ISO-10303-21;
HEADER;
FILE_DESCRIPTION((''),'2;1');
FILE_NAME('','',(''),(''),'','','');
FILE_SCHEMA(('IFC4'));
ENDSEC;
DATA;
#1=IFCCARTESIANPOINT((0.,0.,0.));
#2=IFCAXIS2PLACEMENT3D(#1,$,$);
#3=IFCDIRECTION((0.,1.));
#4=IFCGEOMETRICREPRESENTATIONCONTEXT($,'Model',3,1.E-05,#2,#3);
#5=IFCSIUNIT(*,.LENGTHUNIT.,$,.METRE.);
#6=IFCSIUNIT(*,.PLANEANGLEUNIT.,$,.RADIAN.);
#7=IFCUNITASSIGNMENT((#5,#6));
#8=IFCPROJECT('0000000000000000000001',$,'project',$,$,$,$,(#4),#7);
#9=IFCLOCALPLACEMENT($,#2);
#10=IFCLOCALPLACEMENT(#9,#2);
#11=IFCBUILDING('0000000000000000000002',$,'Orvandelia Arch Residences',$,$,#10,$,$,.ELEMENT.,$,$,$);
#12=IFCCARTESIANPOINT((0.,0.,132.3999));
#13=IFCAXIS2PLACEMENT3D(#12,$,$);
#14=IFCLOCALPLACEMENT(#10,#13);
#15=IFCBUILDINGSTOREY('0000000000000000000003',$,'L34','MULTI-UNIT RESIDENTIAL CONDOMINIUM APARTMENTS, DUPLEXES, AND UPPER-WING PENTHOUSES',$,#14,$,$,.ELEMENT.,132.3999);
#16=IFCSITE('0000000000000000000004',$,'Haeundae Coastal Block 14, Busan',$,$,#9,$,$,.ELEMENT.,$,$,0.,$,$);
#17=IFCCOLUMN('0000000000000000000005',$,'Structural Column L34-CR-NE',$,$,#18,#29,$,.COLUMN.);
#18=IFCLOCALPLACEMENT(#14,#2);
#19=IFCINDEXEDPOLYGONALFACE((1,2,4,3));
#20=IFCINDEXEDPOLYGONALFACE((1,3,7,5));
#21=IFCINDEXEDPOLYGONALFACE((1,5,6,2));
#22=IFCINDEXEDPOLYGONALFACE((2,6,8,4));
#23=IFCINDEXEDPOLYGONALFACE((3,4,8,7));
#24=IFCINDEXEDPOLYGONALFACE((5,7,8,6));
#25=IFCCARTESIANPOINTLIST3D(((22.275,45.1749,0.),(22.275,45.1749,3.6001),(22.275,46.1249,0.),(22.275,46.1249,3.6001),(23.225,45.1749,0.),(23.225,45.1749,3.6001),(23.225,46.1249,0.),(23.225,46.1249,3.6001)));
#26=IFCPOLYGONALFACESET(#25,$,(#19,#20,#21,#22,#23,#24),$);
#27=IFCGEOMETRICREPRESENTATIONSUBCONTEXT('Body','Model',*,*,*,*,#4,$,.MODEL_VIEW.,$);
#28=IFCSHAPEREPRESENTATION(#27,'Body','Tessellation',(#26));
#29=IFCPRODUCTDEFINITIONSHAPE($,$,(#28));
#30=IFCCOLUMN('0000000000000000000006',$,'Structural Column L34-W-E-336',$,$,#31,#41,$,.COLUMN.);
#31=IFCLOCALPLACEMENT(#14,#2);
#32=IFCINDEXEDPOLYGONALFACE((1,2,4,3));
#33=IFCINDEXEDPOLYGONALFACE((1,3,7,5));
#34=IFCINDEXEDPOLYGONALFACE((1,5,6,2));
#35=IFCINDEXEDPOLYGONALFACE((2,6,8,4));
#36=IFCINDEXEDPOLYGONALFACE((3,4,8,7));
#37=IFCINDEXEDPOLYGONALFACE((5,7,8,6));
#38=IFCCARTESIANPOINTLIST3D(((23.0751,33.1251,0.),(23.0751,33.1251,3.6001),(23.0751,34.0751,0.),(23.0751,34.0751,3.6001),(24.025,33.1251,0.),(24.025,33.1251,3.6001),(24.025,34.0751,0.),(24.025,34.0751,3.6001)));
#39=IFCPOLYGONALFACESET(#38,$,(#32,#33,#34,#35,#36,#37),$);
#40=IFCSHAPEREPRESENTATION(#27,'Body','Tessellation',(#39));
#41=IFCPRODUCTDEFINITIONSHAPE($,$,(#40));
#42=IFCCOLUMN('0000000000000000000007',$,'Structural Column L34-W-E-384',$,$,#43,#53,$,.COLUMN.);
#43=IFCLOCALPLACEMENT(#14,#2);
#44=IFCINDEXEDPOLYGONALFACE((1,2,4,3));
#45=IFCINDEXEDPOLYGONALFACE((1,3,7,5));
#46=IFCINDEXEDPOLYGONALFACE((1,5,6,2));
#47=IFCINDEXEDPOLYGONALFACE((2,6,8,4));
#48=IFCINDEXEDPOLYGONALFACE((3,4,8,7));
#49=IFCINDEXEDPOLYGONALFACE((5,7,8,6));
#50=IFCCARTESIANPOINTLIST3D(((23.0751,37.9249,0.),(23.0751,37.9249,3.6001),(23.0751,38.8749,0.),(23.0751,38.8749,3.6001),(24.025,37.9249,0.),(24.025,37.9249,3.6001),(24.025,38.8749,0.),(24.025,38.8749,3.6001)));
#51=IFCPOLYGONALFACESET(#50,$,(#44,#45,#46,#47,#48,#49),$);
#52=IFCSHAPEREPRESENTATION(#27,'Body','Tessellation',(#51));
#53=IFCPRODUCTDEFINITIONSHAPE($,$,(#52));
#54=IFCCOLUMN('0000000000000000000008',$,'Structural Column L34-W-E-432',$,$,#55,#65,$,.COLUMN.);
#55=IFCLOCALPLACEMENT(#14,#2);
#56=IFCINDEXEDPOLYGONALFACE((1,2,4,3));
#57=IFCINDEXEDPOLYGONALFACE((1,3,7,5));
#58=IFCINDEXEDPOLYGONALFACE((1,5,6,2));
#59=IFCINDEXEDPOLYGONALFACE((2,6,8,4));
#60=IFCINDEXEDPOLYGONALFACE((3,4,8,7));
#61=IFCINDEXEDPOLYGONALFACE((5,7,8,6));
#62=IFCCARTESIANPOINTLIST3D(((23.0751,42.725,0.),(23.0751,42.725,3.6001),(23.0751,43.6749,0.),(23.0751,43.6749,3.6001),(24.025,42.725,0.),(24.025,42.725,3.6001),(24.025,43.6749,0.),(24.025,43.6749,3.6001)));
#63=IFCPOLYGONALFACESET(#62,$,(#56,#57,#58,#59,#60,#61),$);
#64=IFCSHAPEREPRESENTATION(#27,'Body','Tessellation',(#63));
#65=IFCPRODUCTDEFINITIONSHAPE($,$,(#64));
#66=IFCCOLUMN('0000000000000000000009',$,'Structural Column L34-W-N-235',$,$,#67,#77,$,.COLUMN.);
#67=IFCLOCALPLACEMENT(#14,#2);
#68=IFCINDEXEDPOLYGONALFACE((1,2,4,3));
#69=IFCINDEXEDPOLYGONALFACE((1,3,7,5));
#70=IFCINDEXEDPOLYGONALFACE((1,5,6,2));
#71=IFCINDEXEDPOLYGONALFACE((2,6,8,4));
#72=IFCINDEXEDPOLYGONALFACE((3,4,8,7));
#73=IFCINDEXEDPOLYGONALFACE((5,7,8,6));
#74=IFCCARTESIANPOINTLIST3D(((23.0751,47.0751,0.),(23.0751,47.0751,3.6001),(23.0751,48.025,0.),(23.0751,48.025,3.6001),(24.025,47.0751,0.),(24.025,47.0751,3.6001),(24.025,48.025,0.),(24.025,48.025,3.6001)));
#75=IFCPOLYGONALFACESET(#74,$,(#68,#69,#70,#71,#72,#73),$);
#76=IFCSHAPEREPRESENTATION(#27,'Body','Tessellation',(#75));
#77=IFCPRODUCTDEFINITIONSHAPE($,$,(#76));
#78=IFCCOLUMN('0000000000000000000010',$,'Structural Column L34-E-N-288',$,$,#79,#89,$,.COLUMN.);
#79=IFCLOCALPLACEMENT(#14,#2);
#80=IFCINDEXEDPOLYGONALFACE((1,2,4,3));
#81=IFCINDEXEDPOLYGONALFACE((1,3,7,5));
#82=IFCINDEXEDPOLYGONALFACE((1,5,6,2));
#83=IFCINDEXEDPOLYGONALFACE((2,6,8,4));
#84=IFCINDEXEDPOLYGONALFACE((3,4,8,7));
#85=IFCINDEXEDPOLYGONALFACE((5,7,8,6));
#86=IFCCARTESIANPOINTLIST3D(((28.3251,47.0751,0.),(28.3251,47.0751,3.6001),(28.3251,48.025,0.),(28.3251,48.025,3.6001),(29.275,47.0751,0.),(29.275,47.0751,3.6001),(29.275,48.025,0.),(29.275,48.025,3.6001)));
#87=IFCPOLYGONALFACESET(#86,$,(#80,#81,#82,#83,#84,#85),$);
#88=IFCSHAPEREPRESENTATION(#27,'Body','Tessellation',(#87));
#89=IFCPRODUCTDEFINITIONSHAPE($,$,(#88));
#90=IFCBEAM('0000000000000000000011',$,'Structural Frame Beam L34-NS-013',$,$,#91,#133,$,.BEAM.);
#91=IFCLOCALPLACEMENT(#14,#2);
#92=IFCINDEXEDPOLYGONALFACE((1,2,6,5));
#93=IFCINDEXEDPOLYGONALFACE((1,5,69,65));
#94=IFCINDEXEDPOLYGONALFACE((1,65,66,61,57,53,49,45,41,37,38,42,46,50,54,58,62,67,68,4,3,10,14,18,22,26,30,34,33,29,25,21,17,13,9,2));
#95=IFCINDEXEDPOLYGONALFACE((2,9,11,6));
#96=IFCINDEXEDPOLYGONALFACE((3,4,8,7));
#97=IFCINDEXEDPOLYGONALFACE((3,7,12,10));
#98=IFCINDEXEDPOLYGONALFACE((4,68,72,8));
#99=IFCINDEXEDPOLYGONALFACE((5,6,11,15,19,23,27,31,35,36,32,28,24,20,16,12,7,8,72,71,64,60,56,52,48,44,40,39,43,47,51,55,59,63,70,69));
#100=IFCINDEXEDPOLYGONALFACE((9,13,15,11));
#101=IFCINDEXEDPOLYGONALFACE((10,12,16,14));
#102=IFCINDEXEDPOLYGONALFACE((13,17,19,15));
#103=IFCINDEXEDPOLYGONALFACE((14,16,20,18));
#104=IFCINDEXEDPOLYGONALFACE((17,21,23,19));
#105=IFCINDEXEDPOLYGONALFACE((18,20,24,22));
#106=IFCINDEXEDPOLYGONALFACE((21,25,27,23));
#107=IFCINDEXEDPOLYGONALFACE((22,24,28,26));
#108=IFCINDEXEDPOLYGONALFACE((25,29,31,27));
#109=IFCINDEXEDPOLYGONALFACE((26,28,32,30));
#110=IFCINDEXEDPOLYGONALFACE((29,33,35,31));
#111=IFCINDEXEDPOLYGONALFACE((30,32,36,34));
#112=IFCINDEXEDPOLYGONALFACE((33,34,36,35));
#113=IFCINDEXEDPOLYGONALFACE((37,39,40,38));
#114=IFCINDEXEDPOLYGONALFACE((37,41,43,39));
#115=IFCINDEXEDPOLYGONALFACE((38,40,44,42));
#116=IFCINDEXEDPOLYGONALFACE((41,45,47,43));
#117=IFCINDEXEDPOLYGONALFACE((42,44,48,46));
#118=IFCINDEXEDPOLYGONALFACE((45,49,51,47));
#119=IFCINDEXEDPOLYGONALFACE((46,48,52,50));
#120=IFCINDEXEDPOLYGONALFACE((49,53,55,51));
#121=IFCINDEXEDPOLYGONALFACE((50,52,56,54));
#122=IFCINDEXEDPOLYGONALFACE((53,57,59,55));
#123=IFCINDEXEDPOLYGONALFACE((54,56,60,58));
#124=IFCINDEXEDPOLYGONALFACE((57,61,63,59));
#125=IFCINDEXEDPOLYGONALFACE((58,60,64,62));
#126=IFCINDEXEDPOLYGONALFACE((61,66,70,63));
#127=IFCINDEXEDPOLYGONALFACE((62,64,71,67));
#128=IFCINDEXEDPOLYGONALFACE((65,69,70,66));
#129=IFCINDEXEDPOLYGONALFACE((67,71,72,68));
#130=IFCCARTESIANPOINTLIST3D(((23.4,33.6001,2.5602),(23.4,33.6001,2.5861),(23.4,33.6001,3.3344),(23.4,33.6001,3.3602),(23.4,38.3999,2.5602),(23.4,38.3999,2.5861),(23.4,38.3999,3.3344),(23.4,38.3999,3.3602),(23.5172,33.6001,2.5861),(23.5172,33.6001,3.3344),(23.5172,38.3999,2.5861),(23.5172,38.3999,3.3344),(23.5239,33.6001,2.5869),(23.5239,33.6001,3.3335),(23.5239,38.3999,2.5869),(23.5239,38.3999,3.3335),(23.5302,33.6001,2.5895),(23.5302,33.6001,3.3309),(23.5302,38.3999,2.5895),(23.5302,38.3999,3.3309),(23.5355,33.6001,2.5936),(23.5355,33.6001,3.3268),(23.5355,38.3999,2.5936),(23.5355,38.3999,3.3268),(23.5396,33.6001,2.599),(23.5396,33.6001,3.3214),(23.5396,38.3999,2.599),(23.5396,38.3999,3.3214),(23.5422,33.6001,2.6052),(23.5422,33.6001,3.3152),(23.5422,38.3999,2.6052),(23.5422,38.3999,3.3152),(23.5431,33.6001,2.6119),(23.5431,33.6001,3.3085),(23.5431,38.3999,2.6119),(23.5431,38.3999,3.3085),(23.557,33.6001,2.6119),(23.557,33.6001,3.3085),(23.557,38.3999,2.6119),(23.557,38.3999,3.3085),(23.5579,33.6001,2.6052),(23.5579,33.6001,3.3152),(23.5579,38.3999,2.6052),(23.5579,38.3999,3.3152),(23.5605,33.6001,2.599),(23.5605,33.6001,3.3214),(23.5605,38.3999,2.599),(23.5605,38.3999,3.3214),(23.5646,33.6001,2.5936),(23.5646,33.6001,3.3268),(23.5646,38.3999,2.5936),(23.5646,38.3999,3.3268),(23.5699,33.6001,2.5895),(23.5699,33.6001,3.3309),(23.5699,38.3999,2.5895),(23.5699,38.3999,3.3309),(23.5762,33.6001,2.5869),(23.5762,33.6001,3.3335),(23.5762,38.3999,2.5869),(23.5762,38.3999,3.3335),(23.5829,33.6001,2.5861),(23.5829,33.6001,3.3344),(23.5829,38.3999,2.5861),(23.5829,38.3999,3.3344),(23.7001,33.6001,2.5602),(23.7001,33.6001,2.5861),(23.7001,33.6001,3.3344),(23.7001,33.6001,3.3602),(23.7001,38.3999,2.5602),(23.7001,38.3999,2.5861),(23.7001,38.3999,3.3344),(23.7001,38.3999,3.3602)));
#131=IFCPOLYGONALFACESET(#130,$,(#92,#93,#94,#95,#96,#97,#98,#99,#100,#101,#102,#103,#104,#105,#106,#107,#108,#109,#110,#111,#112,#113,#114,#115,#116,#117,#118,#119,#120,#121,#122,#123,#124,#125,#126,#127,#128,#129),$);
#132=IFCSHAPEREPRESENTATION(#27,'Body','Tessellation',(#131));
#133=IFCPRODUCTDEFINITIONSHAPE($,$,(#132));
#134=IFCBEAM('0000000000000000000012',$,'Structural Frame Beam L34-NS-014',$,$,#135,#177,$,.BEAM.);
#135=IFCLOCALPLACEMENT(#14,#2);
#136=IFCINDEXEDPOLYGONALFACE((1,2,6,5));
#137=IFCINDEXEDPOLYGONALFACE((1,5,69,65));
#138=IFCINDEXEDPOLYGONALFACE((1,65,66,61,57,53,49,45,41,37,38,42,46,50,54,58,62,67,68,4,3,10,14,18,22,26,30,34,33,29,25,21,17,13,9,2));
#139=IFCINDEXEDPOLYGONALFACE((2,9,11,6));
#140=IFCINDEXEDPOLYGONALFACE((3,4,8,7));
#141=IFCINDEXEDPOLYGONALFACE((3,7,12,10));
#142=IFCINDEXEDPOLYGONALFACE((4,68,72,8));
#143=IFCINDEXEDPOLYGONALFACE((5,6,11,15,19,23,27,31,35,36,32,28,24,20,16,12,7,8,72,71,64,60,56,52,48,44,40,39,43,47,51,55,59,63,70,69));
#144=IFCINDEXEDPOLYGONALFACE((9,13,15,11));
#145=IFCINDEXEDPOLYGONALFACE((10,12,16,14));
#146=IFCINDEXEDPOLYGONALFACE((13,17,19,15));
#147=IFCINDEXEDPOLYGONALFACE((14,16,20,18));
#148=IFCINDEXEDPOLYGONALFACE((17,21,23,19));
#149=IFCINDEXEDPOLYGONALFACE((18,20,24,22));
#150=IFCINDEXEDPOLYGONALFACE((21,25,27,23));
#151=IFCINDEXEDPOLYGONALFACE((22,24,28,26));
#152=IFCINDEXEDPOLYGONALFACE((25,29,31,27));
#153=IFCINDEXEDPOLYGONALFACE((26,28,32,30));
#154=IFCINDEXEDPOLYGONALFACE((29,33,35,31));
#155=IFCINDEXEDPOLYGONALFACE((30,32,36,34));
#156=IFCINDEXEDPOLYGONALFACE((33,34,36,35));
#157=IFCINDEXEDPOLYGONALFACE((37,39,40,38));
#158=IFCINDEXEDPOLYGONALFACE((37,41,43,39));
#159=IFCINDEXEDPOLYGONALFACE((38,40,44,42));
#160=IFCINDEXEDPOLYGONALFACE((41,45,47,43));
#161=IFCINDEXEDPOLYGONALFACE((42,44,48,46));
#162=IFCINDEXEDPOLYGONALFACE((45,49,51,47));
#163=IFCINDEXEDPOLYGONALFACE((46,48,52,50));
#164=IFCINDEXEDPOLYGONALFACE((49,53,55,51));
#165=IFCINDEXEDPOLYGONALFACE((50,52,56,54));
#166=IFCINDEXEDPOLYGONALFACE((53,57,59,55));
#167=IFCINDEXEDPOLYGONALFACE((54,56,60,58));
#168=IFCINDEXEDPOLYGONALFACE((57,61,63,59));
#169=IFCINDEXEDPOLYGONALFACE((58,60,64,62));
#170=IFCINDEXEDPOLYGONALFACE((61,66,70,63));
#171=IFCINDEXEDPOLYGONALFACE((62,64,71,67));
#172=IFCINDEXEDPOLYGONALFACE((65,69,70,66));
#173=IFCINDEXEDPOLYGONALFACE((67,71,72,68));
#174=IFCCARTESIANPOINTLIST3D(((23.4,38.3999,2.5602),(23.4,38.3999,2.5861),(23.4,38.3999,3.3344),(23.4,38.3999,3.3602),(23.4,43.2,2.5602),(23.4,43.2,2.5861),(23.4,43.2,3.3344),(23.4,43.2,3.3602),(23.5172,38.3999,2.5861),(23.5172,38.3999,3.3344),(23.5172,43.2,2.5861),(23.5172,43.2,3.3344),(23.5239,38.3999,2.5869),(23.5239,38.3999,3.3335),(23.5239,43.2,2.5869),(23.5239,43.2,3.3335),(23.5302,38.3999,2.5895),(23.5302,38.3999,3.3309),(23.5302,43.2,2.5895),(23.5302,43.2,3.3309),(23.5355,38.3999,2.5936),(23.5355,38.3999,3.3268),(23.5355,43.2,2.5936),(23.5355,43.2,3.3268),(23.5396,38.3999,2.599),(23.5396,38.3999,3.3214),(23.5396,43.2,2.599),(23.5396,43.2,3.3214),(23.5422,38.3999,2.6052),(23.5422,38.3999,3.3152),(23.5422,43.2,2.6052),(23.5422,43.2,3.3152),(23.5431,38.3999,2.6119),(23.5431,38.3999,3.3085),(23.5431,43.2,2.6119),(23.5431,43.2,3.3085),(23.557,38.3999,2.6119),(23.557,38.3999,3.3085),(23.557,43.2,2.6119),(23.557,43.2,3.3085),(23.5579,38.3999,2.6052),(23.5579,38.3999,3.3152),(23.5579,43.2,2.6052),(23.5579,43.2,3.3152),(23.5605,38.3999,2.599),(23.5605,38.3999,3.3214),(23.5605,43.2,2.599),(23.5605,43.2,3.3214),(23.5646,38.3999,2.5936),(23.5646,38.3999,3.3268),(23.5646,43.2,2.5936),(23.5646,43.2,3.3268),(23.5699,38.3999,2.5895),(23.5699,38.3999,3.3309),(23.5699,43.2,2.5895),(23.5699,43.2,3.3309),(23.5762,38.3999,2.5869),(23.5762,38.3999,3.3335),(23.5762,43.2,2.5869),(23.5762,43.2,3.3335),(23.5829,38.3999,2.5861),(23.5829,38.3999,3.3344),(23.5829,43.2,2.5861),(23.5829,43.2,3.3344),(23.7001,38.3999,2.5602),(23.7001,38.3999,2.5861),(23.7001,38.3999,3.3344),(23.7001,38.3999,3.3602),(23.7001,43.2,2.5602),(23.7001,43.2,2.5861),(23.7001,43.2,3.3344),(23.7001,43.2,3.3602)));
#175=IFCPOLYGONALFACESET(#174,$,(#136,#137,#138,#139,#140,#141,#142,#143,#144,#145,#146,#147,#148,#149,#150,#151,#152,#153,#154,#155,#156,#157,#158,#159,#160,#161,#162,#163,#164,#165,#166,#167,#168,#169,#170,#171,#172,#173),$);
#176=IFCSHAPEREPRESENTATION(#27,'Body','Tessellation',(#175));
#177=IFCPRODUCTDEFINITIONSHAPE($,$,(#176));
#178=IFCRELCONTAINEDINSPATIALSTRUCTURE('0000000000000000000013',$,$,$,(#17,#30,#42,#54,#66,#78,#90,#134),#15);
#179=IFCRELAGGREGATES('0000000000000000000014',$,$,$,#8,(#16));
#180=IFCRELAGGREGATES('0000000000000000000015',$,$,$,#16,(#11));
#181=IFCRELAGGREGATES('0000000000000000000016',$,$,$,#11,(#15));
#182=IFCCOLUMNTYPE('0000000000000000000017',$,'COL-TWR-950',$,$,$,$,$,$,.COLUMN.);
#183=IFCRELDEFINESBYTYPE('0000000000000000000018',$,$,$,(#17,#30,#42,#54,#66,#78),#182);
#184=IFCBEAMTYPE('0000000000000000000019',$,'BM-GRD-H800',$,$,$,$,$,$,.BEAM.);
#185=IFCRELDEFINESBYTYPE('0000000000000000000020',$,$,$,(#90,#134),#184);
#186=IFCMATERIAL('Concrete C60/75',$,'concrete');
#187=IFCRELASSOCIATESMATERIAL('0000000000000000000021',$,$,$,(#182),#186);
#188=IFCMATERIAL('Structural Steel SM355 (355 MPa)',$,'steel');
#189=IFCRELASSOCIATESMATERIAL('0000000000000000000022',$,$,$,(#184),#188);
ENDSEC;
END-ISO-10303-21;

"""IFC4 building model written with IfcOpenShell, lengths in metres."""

from ifc_helpers import new_model, si_unit, direction, frame, origin, origin_2d, place, context, subcontext, project, spatial, rectangle, i_section, extrude, material, material_profile, profile_set, type_object, element, save


model = new_model("IFC4")

# Units and contexts
model_context = context("Model", 3, precision=1e-05, world=origin(), true_north=direction((0.0, 1.0)))
body_context = subcontext(model_context, "Body", "Model", "MODEL_VIEW")
ifc_project = project(units=[si_unit("LENGTHUNIT", "METRE"), si_unit("PLANEANGLEUNIT", "RADIAN")], contexts=[model_context])

# Site, building, storey
site_placement = place(None, origin())
site = spatial("IfcSite", under=ifc_project, at=site_placement, Name="Haeundae Coastal Block 14, Busan", CompositionType="ELEMENT", RefElevation=0.0)
building_placement = place(site_placement, origin())
building = spatial("IfcBuilding", under=site, at=building_placement, Name="Orvandelia Arch Residences", CompositionType="ELEMENT")
storey_placement = place(building_placement, frame((0.0, 0.0, 132.3999)))
storey = spatial("IfcBuildingStorey", under=building, at=storey_placement, Name="L34", Description="MULTI-UNIT RESIDENTIAL CONDOMINIUM APARTMENTS, DUPLEXES, AND UPPER-WING PENTHOUSES", CompositionType="ELEMENT", Elevation=132.3999)

# Columns
ifc_material_1 = material(Name="Concrete C60/75", Category="concrete")
ifc_material_profile_1 = material_profile(ifc_material_1, rectangle(XDim=0.95, YDim=0.95, at=origin_2d()), Name="Concrete C60/75", Category="concrete")
ifc_profile_set_1 = profile_set([ifc_material_profile_1], Name="Concrete C60/75")
column_type = type_object("IfcColumnType", Name="COL-TWR-950", PredefinedType="COLUMN", material=ifc_profile_set_1)
for number, where, z_axis, x_axis, name in (
    (1, (22.75, 45.6499, 0.0), (0.0, 0.0, 1.0), (1.0, 0.0, 0.0), "Structural Column L34-CR-NE"),
    (2, (23.55, 33.6001, 0.0), (0.0, 0.0, 1.0), (1.0, 0.0, 0.0), "Structural Column L34-W-E-336"),
    (3, (23.55, 38.3999, 0.0), (0.0, 0.0, 1.0), (1.0, 0.0, 0.0), "Structural Column L34-W-E-384"),
    (4, (23.55, 43.2, 0.0), (0.0, 0.0, 1.0), (1.0, 0.0, 0.0), "Structural Column L34-W-E-432"),
    (5, (23.55, 47.55, 0.0), (0.0, 0.0, 1.0), (1.0, 0.0, 0.0), "Structural Column L34-W-N-235"),
    (6, (28.8, 47.55, 0.0), (0.0, 0.0, 1.0), (1.0, 0.0, 0.0), "Structural Column L34-E-N-288"),
):
    element("IfcColumn", number, at=place(storey_placement, frame(where, z_axis=z_axis, x_axis=x_axis)), inside=storey, type_object=column_type, Name=name, PredefinedType="COLUMN", context=body_context, shape_type="SweptSolid", body=[
        extrude(rectangle(XDim=0.95, YDim=0.95, at=origin_2d()), origin(), (0.0, 0.0, 1.0), 3.6001),
    ])

# Beams
ifc_material_2 = material(Name="Structural Steel SM355 (355 MPa)", Category="steel")
ifc_material_profile_2 = material_profile(ifc_material_2, i_section(OverallWidth=0.3, OverallDepth=0.8, WebThickness=0.0139, FlangeThickness=0.0259, FilletRadius=0.0259, at=origin_2d()), Name="Structural Steel SM355 (355 MPa)", Category="steel")
ifc_profile_set_2 = profile_set([ifc_material_profile_2], Name="Structural Steel SM355 (355 MPa)")
beam_type = type_object("IfcBeamType", Name="BM-GRD-H800", PredefinedType="BEAM", material=ifc_profile_set_2)
beam_1_placement = place(storey_placement, frame((23.55, 33.6001, 2.9602), z_axis=(0.0, 1.0, 0.0), x_axis=(-1.0, 0.0, 0.0)))
element("IfcBeam", 7, at=beam_1_placement, inside=storey, type_object=beam_type, Name="Structural Frame Beam L34-NS-013", PredefinedType="BEAM", context=body_context, shape_type="SweptSolid", body=[
    extrude(i_section(OverallWidth=0.3, OverallDepth=0.8, WebThickness=0.0139, FlangeThickness=0.0259, FilletRadius=0.0259, at=origin_2d()), origin(), (0.0, 0.0, 1.0), 4.7998),
])
beam_2_placement = place(storey_placement, frame((23.55, 38.3999, 2.9602), z_axis=(0.0, 1.0, 0.0), x_axis=(-1.0, 0.0, 0.0)))
element("IfcBeam", 8, at=beam_2_placement, inside=storey, type_object=beam_type, Name="Structural Frame Beam L34-NS-014", PredefinedType="BEAM", context=body_context, shape_type="SweptSolid", body=[
    extrude(i_section(OverallWidth=0.3, OverallDepth=0.8, WebThickness=0.0139, FlangeThickness=0.0259, FilletRadius=0.0259, at=origin_2d()), origin(), (0.0, 0.0, 1.0), 4.8),
])

save(model, "model.ifc")
